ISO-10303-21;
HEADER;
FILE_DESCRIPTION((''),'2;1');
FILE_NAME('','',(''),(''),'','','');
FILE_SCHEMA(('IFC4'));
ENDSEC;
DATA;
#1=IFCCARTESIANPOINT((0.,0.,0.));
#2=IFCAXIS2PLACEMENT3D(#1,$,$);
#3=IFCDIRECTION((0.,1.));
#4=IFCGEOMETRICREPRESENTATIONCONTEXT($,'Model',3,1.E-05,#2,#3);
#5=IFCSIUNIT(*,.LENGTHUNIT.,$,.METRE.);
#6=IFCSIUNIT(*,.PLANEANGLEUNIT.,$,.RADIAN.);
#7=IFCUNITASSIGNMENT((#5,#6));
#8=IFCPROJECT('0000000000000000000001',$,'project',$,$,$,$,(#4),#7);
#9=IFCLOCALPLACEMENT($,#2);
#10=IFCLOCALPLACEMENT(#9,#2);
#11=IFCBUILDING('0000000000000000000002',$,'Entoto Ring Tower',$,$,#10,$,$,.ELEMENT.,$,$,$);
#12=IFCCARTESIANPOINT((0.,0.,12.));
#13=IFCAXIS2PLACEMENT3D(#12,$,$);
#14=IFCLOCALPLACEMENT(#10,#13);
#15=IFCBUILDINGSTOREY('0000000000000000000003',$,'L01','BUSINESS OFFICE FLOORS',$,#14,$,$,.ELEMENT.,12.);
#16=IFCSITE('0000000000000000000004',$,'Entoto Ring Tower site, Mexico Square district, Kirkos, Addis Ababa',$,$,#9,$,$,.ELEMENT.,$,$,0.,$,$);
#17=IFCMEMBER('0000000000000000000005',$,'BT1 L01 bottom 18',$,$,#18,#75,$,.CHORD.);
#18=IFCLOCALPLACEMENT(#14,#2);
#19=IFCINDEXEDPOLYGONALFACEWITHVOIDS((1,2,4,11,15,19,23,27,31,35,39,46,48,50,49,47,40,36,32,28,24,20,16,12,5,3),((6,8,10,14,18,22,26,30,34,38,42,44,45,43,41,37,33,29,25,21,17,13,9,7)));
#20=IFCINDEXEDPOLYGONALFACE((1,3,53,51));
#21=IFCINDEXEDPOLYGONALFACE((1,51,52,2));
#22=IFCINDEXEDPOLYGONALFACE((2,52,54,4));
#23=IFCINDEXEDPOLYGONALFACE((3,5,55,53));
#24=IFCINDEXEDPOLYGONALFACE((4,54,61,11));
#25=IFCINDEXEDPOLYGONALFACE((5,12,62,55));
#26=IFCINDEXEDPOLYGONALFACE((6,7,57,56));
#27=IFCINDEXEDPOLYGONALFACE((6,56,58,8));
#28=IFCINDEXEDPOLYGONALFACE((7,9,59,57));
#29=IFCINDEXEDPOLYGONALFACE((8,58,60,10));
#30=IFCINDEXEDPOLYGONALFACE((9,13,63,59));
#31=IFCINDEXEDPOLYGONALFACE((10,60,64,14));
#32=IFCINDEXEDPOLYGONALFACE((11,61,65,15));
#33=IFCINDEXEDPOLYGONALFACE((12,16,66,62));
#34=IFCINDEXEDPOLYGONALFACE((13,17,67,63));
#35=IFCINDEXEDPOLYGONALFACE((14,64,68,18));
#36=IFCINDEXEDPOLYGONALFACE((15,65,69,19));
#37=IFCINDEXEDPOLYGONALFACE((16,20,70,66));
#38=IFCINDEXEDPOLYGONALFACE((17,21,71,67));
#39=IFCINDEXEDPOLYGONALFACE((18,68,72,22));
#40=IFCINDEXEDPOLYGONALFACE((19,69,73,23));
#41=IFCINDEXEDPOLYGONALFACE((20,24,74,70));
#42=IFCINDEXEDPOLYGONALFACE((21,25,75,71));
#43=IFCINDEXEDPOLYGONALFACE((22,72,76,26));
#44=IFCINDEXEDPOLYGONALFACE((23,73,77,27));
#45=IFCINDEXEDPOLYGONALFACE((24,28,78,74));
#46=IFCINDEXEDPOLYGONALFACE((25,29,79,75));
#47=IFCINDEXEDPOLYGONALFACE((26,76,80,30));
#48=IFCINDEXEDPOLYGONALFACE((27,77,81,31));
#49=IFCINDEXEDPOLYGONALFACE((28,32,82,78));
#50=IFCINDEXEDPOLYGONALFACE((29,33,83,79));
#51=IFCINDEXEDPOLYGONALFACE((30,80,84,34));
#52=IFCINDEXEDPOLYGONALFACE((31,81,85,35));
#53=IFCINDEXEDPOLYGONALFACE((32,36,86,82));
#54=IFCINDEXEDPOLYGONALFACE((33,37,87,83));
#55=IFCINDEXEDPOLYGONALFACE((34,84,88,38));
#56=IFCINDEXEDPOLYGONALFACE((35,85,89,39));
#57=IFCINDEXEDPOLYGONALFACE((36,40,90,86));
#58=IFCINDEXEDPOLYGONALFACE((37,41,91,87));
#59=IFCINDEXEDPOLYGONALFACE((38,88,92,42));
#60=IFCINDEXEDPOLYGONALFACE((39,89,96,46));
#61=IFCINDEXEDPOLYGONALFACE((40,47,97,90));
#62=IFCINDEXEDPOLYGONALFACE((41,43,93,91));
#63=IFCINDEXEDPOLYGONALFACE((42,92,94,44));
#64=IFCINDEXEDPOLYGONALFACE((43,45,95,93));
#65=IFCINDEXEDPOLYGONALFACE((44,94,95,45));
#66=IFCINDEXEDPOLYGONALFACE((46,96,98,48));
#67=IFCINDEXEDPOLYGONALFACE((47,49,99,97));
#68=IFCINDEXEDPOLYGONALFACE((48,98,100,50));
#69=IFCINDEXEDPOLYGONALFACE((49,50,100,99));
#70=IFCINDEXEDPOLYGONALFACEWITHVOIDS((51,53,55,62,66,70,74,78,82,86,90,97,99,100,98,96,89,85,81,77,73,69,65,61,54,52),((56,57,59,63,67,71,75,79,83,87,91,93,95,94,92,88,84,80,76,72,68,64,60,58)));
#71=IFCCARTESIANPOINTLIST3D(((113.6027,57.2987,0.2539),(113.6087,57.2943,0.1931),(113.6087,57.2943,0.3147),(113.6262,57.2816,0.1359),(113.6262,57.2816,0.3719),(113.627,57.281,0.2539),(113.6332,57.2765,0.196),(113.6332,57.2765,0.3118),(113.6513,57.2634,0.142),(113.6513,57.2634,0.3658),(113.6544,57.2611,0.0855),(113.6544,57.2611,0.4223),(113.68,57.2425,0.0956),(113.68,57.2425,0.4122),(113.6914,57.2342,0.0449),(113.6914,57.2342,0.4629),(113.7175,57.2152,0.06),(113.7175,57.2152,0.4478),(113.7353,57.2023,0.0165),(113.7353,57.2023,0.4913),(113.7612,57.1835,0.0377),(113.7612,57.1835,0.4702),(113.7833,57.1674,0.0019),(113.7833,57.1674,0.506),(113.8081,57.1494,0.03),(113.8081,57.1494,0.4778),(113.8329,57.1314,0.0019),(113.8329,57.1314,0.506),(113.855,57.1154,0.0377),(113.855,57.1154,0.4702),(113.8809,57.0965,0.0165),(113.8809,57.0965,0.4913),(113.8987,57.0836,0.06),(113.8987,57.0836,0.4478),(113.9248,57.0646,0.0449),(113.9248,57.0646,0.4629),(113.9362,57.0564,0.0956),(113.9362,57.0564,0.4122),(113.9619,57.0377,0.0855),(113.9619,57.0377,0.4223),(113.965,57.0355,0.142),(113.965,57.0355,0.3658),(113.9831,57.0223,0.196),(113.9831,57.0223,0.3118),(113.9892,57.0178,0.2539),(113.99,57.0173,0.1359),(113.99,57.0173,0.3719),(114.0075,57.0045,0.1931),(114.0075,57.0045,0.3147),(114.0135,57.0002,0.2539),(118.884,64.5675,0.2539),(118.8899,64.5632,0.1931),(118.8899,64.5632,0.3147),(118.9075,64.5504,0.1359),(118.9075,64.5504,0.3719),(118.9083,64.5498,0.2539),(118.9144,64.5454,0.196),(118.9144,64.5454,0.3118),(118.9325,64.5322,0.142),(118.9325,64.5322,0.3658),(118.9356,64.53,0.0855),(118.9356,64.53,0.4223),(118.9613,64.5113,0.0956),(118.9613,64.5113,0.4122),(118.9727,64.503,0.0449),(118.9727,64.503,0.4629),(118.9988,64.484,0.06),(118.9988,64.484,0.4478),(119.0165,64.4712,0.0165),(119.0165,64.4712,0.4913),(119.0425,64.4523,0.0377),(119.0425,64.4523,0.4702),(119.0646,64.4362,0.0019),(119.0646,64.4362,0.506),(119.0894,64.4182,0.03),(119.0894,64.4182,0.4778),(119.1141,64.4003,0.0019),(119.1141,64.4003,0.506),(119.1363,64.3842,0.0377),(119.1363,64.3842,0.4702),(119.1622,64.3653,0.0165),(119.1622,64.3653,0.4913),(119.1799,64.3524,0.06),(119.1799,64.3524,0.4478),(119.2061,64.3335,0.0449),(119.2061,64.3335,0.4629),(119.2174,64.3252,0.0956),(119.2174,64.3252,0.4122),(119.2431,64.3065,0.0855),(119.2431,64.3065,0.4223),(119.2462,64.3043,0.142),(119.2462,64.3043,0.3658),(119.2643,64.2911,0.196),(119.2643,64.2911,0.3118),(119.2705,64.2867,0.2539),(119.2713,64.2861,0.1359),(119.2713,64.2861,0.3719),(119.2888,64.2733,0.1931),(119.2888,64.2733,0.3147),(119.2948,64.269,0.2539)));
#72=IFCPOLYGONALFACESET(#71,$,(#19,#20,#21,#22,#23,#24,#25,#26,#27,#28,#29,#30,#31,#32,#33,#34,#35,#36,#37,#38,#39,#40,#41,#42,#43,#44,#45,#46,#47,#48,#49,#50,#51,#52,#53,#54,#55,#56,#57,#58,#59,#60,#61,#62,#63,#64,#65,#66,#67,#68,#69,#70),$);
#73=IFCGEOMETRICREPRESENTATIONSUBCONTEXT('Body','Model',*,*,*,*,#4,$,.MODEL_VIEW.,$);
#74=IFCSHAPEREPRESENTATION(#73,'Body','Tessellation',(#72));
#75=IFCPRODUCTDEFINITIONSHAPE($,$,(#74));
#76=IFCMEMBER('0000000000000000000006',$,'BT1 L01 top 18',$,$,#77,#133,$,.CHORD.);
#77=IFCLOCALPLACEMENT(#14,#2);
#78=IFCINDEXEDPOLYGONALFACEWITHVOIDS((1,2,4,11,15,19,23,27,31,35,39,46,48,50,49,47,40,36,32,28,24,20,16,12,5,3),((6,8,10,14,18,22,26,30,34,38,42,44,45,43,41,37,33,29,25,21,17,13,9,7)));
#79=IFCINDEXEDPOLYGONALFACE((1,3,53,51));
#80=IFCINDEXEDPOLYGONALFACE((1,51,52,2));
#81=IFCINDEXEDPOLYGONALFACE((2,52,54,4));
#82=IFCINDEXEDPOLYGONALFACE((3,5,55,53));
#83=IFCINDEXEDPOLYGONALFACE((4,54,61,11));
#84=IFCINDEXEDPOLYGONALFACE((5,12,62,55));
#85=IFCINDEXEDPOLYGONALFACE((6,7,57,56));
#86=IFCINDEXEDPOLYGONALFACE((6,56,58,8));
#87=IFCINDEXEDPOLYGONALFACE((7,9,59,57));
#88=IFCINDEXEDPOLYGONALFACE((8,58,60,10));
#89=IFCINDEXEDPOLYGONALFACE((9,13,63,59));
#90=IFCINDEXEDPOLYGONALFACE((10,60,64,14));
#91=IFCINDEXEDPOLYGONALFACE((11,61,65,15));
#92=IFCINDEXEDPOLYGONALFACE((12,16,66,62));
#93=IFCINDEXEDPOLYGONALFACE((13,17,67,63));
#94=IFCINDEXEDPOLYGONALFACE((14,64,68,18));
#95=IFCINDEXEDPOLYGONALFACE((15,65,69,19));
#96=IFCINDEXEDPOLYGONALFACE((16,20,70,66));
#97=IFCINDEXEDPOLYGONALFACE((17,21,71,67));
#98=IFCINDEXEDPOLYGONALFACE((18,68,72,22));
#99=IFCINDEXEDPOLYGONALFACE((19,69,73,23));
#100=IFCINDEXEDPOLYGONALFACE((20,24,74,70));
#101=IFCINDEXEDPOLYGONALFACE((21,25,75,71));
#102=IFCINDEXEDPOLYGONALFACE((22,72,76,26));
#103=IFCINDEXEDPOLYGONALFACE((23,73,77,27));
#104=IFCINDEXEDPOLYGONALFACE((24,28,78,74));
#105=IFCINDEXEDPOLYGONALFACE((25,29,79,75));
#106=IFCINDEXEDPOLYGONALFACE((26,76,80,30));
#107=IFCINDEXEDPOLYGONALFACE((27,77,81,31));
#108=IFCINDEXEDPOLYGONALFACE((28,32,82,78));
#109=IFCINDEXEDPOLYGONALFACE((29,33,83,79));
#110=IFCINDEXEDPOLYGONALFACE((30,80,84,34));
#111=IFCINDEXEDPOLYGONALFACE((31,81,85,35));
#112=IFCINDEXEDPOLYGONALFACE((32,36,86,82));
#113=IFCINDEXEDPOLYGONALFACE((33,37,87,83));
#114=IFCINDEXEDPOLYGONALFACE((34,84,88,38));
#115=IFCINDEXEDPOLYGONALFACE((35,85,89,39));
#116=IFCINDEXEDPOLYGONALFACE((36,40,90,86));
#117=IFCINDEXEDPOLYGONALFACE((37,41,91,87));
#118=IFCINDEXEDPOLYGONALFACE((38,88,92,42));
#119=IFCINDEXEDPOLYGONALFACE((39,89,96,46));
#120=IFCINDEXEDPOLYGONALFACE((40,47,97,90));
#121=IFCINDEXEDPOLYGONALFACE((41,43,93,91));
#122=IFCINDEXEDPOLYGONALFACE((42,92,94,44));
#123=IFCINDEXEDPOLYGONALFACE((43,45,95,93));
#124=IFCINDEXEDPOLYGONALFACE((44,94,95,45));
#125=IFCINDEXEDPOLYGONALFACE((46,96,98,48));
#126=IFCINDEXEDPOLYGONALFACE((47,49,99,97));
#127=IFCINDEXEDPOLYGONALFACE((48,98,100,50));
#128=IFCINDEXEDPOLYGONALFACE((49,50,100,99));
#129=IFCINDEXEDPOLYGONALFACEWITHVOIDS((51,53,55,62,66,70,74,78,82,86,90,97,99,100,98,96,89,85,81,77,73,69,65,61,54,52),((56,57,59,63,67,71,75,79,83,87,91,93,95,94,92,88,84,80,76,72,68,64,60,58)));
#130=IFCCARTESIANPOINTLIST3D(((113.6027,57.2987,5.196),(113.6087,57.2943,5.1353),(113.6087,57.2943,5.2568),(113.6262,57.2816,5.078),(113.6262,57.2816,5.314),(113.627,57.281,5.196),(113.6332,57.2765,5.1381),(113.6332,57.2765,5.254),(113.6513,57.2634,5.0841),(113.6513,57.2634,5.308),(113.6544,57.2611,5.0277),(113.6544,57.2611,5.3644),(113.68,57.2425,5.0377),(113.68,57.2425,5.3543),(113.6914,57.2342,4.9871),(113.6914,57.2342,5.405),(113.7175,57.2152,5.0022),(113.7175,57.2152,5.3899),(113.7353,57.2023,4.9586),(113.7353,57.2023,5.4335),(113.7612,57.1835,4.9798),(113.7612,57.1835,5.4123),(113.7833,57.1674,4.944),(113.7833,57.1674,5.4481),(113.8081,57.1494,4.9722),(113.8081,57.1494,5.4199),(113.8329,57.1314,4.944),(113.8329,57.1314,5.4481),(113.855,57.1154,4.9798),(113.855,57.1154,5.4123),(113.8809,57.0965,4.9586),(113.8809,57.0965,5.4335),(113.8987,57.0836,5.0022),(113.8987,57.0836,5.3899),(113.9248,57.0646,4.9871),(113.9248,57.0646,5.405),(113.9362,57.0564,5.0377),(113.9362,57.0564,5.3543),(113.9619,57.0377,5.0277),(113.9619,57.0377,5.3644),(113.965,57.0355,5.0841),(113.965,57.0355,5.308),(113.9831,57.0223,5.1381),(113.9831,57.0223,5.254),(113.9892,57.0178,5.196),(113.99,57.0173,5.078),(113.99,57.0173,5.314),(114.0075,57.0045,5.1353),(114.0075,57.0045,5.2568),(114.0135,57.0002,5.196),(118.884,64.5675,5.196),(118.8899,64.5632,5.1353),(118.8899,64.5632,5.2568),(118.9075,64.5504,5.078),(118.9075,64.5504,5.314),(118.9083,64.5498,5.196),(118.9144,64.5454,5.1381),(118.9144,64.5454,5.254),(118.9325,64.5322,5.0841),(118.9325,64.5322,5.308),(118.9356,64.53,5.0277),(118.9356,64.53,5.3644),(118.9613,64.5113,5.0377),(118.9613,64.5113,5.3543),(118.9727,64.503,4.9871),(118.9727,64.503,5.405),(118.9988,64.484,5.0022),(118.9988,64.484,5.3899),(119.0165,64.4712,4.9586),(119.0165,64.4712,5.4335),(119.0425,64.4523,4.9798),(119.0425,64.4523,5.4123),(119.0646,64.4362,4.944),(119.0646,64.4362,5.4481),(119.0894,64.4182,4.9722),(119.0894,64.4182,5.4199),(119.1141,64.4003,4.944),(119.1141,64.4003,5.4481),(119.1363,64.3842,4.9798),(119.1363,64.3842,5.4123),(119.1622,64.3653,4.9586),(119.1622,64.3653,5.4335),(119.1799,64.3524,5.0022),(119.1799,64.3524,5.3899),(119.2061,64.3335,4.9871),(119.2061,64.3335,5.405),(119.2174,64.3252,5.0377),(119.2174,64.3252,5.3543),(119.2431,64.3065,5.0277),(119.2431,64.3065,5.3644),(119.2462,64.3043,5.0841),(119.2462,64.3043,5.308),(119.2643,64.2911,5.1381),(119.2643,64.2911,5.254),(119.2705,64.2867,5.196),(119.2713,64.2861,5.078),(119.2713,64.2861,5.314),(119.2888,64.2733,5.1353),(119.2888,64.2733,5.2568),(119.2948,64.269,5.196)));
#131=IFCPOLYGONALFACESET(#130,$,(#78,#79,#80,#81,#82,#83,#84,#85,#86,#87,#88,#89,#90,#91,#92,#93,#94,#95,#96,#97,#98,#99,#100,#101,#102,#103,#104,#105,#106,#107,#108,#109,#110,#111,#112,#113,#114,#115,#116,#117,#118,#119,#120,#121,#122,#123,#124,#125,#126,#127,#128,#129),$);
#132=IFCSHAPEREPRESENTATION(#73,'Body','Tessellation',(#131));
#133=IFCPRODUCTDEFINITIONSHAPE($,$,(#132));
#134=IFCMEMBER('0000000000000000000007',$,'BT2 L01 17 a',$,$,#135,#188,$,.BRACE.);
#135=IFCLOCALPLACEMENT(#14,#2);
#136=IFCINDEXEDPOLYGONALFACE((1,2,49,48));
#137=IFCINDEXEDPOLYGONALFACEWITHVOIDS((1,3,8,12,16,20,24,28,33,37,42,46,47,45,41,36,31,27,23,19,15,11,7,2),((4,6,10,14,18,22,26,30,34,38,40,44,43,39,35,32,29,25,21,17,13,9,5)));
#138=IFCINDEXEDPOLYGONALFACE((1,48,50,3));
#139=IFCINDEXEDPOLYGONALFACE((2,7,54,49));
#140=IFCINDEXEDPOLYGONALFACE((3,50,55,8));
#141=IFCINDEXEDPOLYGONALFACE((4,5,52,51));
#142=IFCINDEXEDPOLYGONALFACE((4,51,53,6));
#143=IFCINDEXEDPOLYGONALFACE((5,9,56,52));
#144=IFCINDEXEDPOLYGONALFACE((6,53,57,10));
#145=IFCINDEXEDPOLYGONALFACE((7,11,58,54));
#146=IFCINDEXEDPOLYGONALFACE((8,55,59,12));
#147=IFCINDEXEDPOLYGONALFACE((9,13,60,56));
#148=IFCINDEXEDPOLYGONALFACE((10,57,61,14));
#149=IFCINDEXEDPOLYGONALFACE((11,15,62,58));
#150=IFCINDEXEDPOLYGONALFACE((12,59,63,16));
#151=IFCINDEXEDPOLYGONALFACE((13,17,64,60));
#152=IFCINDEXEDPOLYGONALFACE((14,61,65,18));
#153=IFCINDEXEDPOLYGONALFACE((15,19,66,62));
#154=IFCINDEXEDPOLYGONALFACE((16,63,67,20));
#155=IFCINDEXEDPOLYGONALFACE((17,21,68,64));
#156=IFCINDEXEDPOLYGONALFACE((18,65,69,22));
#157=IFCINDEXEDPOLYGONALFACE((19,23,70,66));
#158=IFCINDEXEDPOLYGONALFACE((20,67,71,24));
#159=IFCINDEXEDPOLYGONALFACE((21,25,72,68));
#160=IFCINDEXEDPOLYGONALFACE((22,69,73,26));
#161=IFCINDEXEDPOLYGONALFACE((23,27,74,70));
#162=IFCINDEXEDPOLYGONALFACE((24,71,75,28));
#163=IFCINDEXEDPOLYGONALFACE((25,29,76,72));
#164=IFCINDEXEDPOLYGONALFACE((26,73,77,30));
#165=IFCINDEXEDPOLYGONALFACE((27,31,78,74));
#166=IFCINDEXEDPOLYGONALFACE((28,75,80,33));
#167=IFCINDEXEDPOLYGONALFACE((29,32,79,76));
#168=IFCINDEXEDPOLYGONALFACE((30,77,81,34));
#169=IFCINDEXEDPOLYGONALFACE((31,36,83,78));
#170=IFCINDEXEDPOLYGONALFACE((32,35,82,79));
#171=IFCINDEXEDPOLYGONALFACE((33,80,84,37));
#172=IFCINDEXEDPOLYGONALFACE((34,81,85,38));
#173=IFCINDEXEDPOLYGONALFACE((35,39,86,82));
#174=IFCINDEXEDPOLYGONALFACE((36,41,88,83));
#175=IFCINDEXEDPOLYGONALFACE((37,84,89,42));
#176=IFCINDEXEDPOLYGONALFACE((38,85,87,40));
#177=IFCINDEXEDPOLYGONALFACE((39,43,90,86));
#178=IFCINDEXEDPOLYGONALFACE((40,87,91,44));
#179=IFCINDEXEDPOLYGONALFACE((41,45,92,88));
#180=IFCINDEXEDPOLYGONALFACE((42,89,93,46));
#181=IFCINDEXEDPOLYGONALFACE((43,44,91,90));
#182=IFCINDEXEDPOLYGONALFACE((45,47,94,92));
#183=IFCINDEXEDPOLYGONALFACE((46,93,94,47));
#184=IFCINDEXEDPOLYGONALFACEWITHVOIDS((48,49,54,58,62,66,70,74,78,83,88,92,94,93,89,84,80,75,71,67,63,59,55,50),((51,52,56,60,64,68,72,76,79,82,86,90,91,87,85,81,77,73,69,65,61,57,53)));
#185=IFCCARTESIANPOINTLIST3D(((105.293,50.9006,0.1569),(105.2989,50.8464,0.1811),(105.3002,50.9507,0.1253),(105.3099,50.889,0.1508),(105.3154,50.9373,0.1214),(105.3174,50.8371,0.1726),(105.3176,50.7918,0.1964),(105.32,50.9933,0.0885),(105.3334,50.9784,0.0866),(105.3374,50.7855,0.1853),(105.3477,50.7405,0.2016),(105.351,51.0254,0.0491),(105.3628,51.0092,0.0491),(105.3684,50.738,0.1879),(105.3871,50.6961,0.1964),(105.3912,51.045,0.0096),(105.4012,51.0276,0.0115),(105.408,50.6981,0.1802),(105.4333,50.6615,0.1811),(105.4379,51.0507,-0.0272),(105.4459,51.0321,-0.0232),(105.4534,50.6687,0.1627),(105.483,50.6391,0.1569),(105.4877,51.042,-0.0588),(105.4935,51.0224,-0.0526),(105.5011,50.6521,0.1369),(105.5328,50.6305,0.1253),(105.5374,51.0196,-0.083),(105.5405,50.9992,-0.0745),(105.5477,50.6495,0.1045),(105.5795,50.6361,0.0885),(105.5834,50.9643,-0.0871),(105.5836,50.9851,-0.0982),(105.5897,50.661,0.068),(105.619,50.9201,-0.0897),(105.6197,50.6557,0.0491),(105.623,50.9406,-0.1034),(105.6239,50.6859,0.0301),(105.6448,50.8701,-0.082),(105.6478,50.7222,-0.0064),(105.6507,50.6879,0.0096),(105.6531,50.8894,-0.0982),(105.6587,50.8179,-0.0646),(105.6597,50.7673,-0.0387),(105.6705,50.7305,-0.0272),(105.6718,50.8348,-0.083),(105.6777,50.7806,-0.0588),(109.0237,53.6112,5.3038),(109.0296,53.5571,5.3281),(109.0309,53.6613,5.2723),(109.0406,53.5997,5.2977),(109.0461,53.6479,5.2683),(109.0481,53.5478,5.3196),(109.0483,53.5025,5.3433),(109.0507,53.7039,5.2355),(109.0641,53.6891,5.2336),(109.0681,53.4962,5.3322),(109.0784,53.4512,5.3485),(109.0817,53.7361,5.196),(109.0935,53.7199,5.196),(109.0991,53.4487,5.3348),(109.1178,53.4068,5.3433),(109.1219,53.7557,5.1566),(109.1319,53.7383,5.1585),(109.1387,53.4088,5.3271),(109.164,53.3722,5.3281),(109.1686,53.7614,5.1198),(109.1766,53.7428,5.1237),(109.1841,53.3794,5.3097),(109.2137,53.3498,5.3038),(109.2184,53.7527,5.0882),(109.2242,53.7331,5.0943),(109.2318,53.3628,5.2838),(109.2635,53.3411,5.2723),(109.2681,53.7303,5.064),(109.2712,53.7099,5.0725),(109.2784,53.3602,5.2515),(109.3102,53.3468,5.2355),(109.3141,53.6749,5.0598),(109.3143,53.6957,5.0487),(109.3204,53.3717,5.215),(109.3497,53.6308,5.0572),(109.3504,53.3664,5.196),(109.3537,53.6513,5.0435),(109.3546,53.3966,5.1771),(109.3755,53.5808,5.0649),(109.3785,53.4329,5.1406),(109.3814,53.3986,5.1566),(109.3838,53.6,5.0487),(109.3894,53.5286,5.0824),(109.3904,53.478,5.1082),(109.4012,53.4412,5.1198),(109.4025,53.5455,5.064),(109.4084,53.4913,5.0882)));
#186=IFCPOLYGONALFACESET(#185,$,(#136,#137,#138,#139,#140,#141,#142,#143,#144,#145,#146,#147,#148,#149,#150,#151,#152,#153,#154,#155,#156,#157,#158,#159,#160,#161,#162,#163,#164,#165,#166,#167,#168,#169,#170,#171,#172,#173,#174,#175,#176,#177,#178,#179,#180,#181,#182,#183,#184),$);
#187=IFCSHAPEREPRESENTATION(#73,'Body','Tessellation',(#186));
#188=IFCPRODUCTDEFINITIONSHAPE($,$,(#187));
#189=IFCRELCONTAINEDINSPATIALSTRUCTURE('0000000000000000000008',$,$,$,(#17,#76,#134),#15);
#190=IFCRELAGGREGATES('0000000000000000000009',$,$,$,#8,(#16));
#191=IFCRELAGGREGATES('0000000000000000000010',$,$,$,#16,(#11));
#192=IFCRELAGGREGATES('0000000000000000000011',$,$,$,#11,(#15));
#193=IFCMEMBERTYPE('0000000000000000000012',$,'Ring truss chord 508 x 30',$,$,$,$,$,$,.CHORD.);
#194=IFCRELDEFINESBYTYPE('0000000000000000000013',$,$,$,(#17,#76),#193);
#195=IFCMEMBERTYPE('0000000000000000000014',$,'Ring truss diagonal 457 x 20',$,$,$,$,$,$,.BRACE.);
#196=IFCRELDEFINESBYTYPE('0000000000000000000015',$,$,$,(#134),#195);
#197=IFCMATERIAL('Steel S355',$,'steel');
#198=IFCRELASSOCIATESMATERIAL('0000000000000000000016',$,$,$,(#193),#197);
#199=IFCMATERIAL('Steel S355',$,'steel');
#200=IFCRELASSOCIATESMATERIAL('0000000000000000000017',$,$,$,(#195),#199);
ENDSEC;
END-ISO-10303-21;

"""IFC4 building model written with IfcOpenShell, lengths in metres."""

from ifc_helpers import new_model, si_unit, direction, frame, origin, origin_2d, place, context, subcontext, project, spatial, circle, hollow_circle, extrude, material, material_profile, profile_set, type_object, element, save


model = new_model("IFC4")

# Units and contexts
model_context = context("Model", 3, precision=1e-05, world=origin(), true_north=direction((0.0, 1.0)))
body_context = subcontext(model_context, "Body", "Model", "MODEL_VIEW")
ifc_project = project(units=[si_unit("LENGTHUNIT", "METRE"), si_unit("PLANEANGLEUNIT", "RADIAN")], contexts=[model_context])

# Site, building, storey
site_placement = place(None, origin())
site = spatial("IfcSite", under=ifc_project, at=site_placement, Name="Entoto Ring Tower site, Mexico Square district, Kirkos, Addis Ababa", CompositionType="ELEMENT", RefElevation=0.0)
building_placement = place(site_placement, origin())
building = spatial("IfcBuilding", under=site, at=building_placement, Name="Entoto Ring Tower", CompositionType="ELEMENT")
storey_placement = place(building_placement, frame((0.0, 0.0, 12.0)))
storey = spatial("IfcBuildingStorey", under=building, at=storey_placement, Name="L01", Description="BUSINESS OFFICE FLOORS", CompositionType="ELEMENT", Elevation=12.0)

# Members
ifc_material_1 = material(Name="Steel S355", Category="steel")
ifc_material_profile_1 = material_profile(ifc_material_1, hollow_circle(Radius=0.2539, WallThickness=0.03, at=origin_2d()), Name="CHS 508 x 30")
ifc_material_2 = material(Name="Concrete C60/75", Category="concrete")
ifc_material_profile_2 = material_profile(ifc_material_2, circle(Radius=0.2241, at=origin_2d()), Name="Concrete C60/75 infill")
ifc_profile_set_1 = profile_set([ifc_material_profile_1, ifc_material_profile_2], Name="Steel S355")
member_type_1 = type_object("IfcMemberType", Name="Ring truss chord 508 x 30", PredefinedType="CHORD", material=ifc_profile_set_1)
for number, where, z_axis, x_axis, name in (
    (1, (113.8081, 57.1494, 0.2539), (0.587797, 0.809009, 0.0), (-0.809009, 0.587797, 0.0), "BT1 L01 bottom 18"),
    (2, (113.8081, 57.1494, 5.196), (0.587797, 0.809009, 0.0), (-0.809009, 0.587797, 0.0), "BT1 L01 top 18"),
):
    element("IfcMember", number, at=place(storey_placement, frame(where, z_axis=z_axis, x_axis=x_axis)), inside=storey, type_object=member_type_1, Name=name, PredefinedType="CHORD", context=body_context, shape_type="SweptSolid", body=[
        extrude(hollow_circle(Radius=0.2539, WallThickness=0.03, at=origin_2d()), origin(), (0.0, 0.0, 1.0), 8.9849),
    ])
ifc_material_3 = material(Name="Steel S355", Category="steel")
ifc_material_profile_3 = material_profile(ifc_material_3, hollow_circle(Radius=0.2285, WallThickness=0.02, at=origin_2d()), Name="CHS 457 x 20")
ifc_material_4 = material(Name="Concrete C60/75", Category="concrete")
ifc_material_profile_4 = material_profile(ifc_material_4, circle(Radius=0.2085, at=origin_2d()), Name="Concrete C60/75 infill")
ifc_profile_set_2 = profile_set([ifc_material_profile_3, ifc_material_profile_4], Name="Steel S355")
member_type_2 = type_object("IfcMemberType", Name="Ring truss diagonal 457 x 20", PredefinedType="BRACE", material=ifc_profile_set_2)
for number, where, z_axis, x_axis, name in (
    (3, (105.4854, 50.8406, 0.0491), (0.539848, 0.392247, 0.744786), (-0.58781, 0.808999, 0.0), "BT2 L01 17 a"),
):
    element("IfcMember", number, at=place(storey_placement, frame(where, z_axis=z_axis, x_axis=x_axis)), inside=storey, type_object=member_type_2, Name=name, PredefinedType="BRACE", context=body_context, shape_type="SweptSolid", body=[
        extrude(hollow_circle(Radius=0.2285, WallThickness=0.02, at=origin_2d()), origin(), (0.0, 0.0, 1.0), 6.9106),
    ])

save(model, "model.ifc")
